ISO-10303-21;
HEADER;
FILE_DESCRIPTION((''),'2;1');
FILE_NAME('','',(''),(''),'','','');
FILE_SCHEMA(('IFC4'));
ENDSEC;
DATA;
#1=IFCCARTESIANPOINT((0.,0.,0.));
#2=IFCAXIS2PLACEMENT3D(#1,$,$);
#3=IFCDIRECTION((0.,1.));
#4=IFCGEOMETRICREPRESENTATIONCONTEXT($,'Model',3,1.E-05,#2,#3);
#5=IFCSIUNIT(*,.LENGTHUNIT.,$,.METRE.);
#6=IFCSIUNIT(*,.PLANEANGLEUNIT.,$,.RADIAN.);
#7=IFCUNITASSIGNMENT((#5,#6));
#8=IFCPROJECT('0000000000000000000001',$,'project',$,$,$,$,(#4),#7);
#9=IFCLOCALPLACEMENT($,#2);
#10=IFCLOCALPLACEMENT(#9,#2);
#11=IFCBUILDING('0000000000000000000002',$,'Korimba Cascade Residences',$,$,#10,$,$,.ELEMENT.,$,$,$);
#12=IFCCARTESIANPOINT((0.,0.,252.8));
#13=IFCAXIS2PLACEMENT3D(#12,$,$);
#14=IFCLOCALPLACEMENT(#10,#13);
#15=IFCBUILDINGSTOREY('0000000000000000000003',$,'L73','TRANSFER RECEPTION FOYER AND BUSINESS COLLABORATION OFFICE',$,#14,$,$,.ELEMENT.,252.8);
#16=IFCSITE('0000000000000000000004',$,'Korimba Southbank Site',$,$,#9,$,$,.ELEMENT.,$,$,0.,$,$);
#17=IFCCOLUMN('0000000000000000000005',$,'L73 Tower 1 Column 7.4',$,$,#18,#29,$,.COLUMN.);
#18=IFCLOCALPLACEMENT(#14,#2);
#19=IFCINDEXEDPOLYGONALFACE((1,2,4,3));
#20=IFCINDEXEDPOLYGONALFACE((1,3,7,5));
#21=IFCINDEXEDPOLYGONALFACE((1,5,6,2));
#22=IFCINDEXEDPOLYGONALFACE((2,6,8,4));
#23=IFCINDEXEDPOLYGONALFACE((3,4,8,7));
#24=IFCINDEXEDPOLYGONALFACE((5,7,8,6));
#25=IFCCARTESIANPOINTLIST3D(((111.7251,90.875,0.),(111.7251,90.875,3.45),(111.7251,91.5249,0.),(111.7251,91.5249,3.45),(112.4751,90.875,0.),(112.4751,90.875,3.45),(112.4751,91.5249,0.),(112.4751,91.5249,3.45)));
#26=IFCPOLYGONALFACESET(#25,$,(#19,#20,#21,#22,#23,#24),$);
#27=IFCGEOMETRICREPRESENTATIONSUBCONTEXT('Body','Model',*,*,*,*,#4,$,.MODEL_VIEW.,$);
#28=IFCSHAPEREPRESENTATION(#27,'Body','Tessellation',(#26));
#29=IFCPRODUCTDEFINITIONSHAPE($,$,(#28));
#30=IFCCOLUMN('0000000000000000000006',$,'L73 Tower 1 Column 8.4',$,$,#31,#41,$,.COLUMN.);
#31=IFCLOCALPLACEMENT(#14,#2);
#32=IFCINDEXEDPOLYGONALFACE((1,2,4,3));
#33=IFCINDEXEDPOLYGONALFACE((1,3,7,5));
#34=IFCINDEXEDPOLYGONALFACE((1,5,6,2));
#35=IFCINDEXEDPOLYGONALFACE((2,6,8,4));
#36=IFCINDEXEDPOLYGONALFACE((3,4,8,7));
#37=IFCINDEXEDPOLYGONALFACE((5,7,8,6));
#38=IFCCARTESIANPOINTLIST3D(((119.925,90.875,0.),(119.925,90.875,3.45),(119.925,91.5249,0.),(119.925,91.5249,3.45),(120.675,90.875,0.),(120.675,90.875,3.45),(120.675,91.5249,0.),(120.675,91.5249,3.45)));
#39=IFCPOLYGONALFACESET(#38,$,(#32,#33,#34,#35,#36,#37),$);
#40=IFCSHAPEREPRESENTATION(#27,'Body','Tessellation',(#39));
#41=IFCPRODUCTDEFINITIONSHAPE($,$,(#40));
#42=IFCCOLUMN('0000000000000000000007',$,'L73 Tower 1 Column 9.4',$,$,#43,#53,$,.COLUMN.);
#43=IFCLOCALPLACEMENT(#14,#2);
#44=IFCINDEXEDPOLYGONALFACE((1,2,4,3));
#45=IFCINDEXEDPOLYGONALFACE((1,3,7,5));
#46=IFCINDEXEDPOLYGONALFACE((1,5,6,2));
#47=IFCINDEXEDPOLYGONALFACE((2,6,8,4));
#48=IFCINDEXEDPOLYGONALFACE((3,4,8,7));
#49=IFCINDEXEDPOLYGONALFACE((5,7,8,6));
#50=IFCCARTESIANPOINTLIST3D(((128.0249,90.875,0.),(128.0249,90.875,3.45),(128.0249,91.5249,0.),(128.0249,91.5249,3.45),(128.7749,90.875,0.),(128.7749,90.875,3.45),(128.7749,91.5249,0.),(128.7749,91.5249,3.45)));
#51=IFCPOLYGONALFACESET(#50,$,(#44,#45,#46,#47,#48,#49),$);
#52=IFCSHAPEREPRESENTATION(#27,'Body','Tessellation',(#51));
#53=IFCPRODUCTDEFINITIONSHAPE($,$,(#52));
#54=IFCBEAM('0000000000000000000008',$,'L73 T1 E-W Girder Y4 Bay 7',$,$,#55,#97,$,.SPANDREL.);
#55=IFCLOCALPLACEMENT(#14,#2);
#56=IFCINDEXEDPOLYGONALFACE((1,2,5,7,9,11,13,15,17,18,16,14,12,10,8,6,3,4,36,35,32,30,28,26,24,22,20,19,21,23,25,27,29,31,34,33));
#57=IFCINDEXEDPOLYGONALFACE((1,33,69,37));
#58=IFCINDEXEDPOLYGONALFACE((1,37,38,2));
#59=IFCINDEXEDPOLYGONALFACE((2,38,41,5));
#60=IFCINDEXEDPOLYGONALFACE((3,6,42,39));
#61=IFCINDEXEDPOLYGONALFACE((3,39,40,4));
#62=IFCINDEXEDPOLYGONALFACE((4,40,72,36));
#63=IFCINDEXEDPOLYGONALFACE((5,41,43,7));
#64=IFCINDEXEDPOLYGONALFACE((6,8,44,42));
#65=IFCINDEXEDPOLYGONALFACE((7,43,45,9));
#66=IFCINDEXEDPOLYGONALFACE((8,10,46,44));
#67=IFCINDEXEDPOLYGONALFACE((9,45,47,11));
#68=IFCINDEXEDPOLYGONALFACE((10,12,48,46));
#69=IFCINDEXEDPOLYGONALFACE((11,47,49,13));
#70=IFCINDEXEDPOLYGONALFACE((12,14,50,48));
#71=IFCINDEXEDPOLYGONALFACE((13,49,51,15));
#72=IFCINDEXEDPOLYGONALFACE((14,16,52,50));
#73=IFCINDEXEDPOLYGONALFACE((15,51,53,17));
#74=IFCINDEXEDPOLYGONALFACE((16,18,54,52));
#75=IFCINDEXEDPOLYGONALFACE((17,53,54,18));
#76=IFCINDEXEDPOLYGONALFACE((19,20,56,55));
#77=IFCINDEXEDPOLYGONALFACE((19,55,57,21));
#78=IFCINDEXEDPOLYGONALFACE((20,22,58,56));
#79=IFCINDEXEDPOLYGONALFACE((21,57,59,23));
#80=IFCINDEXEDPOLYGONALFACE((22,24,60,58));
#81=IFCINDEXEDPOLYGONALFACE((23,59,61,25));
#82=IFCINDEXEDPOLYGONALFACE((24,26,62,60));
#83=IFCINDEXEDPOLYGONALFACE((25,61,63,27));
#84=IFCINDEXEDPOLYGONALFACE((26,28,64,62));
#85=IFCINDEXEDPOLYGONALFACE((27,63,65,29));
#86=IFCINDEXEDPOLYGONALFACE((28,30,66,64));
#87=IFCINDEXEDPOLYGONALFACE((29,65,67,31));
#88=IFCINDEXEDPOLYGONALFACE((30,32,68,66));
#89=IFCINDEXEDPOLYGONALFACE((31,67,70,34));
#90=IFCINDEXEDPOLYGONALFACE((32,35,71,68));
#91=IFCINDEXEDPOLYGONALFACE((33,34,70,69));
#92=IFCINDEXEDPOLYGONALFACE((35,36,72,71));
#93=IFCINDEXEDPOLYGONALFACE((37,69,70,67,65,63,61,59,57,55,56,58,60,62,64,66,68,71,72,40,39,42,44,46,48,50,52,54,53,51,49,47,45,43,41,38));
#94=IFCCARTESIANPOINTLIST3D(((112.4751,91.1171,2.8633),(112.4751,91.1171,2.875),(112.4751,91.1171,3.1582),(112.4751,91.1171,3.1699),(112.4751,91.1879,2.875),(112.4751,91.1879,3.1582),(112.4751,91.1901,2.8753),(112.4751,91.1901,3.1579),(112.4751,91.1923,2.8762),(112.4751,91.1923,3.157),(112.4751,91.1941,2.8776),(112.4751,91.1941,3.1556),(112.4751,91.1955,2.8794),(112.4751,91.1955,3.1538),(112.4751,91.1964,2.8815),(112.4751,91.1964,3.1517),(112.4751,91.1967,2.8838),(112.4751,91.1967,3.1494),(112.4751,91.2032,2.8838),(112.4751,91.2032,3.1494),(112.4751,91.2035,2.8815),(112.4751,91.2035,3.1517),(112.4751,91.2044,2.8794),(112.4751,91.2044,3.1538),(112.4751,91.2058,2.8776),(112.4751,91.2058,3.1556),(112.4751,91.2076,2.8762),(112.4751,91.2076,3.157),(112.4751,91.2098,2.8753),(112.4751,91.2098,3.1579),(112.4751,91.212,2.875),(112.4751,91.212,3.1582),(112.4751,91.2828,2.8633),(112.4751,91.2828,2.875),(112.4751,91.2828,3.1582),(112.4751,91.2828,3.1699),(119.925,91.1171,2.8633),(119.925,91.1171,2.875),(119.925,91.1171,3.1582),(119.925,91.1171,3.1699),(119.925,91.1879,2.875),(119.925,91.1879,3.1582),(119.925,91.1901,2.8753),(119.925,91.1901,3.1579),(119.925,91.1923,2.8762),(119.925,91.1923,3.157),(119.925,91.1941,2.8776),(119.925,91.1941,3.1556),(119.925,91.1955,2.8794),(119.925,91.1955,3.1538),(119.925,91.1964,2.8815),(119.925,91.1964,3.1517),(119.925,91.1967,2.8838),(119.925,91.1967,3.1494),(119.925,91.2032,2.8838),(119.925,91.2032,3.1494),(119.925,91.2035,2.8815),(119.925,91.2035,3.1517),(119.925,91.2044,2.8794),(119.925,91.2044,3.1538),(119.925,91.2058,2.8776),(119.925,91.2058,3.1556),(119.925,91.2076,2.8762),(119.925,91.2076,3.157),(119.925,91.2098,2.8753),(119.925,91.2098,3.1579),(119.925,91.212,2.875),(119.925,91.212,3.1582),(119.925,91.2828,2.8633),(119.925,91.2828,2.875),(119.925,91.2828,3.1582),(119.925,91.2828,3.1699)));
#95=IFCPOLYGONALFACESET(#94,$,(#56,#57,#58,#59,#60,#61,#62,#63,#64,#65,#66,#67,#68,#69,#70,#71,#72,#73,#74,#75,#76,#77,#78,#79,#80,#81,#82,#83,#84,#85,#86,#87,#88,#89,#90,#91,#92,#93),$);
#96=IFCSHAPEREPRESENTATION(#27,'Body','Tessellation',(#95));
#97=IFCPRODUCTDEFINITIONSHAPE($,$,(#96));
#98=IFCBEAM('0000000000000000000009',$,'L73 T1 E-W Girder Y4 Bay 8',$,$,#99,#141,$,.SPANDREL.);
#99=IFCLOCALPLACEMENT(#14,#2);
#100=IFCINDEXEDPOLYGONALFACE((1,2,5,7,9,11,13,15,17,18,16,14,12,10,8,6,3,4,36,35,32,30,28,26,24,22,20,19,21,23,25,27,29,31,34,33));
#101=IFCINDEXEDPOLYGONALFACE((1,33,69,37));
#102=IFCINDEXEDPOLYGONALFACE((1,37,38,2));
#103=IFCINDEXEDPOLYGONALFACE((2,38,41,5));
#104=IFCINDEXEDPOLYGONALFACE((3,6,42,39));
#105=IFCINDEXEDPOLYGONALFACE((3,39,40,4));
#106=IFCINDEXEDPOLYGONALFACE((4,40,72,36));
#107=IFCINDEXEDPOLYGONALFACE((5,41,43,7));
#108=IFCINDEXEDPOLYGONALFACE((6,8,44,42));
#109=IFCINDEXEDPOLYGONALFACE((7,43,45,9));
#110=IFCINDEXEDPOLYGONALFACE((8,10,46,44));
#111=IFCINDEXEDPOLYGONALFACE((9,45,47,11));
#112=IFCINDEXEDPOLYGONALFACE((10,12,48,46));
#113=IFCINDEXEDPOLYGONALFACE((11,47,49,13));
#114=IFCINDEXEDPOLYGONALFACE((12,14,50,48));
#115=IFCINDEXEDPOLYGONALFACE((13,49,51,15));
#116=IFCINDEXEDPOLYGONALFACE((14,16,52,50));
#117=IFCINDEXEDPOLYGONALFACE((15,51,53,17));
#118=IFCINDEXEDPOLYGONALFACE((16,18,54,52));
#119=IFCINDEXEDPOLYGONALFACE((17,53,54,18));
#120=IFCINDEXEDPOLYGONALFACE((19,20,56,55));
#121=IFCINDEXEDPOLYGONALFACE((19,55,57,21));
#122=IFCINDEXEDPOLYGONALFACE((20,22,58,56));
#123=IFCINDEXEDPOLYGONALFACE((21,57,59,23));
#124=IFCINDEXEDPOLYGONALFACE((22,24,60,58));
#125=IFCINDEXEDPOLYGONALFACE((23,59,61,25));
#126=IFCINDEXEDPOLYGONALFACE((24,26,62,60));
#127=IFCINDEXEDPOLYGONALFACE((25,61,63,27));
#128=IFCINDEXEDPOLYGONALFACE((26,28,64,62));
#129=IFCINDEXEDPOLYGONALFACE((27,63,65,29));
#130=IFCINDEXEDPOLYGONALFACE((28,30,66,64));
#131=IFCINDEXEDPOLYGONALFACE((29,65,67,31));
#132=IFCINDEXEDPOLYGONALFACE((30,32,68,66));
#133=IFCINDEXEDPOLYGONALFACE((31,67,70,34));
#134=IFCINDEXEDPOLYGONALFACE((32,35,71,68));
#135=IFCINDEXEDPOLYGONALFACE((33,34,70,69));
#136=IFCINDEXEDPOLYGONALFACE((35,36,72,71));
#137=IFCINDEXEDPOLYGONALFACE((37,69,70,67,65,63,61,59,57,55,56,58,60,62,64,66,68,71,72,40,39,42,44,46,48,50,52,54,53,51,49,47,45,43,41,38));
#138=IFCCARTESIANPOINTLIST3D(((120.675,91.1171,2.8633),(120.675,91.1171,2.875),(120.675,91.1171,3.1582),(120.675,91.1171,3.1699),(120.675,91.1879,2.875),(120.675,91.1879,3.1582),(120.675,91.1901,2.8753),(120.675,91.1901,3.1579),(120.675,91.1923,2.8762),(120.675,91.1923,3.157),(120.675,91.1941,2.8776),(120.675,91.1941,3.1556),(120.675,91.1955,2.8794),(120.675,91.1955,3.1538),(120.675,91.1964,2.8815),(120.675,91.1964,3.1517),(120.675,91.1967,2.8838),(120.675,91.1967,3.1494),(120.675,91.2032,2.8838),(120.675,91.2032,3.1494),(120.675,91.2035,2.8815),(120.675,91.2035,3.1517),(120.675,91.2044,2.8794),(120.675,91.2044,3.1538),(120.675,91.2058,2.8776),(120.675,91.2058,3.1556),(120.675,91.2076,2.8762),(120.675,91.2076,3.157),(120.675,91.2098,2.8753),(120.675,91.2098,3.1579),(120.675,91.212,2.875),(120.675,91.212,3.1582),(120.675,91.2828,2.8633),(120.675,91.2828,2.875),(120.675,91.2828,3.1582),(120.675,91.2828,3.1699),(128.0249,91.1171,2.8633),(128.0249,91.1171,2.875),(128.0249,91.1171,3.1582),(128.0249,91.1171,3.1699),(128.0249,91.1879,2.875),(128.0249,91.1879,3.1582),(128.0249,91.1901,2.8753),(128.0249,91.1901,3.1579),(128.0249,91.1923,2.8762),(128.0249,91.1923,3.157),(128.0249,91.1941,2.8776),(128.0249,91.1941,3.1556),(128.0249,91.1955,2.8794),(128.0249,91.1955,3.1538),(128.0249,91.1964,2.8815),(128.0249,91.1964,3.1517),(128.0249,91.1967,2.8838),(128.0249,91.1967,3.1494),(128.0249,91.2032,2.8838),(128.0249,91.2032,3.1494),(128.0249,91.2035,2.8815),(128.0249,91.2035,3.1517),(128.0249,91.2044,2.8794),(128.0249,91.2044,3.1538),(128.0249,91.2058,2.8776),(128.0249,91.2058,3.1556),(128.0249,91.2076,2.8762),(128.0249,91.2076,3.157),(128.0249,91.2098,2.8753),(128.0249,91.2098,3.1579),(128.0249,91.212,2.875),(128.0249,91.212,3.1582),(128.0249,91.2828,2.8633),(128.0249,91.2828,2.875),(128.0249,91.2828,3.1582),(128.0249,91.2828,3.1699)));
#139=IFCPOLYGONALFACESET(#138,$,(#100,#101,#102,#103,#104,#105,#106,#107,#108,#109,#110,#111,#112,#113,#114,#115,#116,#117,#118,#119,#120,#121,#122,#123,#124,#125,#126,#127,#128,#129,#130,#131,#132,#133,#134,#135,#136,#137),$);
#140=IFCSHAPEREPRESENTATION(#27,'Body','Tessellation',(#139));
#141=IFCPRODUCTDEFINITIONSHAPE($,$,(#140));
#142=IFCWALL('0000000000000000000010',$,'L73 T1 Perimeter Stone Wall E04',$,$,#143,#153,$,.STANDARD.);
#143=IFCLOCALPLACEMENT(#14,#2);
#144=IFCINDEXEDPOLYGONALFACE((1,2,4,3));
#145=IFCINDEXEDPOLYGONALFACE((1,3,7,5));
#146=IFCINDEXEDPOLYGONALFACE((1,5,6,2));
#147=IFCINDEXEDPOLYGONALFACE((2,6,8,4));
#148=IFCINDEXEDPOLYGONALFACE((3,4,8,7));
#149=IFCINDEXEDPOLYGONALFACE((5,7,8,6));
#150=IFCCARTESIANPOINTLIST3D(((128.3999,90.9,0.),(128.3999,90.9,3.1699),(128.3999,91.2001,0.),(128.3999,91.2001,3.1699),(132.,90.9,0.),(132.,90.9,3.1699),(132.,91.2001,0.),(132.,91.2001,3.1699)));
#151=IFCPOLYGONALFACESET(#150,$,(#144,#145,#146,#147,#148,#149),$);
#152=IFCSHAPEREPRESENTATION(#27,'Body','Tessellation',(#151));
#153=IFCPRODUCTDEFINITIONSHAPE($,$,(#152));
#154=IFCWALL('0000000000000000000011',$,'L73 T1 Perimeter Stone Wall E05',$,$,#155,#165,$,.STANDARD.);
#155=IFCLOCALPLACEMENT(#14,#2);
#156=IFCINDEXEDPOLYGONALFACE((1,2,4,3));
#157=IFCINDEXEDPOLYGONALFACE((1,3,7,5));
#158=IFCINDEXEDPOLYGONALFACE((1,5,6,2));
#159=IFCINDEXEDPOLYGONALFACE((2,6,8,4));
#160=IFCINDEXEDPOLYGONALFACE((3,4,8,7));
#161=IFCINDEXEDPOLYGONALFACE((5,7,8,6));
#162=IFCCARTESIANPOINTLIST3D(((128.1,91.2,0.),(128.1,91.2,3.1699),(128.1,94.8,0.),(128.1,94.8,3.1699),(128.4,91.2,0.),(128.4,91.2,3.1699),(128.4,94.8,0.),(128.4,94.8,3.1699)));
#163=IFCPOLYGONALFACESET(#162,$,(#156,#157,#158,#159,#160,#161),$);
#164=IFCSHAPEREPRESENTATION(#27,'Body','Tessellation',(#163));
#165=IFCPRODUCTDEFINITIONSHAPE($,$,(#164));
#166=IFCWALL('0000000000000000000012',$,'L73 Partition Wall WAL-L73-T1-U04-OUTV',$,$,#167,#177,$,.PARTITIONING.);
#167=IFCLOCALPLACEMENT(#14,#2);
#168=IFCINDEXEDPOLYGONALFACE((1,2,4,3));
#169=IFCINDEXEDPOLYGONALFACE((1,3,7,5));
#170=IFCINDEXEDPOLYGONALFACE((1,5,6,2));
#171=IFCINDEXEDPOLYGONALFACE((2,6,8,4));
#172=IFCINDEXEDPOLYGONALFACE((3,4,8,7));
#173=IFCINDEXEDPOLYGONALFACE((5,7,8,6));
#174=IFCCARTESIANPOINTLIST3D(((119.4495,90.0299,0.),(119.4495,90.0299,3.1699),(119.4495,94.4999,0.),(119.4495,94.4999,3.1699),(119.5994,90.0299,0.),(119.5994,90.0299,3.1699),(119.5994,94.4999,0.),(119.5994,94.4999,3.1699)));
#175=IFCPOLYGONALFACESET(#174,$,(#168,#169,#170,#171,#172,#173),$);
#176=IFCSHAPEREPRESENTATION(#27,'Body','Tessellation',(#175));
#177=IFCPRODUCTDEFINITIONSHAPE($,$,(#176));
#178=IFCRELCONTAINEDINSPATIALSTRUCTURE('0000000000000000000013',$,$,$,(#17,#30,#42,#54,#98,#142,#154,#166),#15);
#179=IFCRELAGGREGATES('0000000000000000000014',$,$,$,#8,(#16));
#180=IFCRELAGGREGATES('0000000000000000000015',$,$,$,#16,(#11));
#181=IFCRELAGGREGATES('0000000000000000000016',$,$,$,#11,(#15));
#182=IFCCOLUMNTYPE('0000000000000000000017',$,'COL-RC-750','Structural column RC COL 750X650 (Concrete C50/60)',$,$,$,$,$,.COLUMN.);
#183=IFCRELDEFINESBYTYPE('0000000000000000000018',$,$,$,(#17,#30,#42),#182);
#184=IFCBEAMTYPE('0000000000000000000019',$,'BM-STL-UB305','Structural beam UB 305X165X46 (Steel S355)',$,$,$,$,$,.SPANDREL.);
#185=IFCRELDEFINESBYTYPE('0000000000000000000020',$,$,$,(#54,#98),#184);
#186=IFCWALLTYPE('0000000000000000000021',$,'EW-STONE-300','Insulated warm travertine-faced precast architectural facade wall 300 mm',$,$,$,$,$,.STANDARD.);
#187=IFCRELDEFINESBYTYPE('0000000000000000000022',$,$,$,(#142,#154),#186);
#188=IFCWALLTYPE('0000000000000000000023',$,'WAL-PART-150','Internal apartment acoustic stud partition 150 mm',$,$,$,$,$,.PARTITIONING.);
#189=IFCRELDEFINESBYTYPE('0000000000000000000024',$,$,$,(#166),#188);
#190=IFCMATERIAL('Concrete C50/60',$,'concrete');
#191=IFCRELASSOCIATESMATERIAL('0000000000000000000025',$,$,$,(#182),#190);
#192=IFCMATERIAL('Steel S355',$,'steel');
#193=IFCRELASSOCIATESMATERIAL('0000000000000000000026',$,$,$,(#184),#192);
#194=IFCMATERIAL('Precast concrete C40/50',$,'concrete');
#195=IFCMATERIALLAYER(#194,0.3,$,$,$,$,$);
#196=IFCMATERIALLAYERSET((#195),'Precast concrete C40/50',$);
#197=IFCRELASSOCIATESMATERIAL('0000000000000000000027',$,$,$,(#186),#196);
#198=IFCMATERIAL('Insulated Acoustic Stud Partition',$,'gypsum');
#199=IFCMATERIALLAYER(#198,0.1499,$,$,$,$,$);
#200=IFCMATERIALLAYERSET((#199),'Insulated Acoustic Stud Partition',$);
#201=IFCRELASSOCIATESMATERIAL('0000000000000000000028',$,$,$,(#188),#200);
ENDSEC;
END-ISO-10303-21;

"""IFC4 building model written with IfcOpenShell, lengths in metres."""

from ifc_helpers import new_model, si_unit, direction, frame, frame_2d, origin, origin_2d, place, context, subcontext, project, spatial, rectangle, i_section, extrude, material, layer, layer_set, material_profile, profile_set, type_object, element, save


model = new_model("IFC4")

# Units and contexts
model_context = context("Model", 3, precision=1e-05, world=origin(), true_north=direction((0.0, 1.0)))
body_context = subcontext(model_context, "Body", "Model", "MODEL_VIEW")
ifc_project = project(units=[si_unit("LENGTHUNIT", "METRE"), si_unit("PLANEANGLEUNIT", "RADIAN")], contexts=[model_context])

# Site, building, storey
site_placement = place(None, origin())
site = spatial("IfcSite", under=ifc_project, at=site_placement, Name="Korimba Southbank Site", CompositionType="ELEMENT", RefElevation=0.0)
building_placement = place(site_placement, origin())
building = spatial("IfcBuilding", under=site, at=building_placement, Name="Korimba Cascade Residences", CompositionType="ELEMENT")
storey_placement = place(building_placement, frame((0.0, 0.0, 252.8)))
storey = spatial("IfcBuildingStorey", under=building, at=storey_placement, Name="L73", Description="TRANSFER RECEPTION FOYER AND BUSINESS COLLABORATION OFFICE", CompositionType="ELEMENT", Elevation=252.8)

# Columns
ifc_material_1 = material(Name="Concrete C50/60", Category="concrete")
ifc_material_profile_1 = material_profile(ifc_material_1, rectangle(XDim=0.75, YDim=0.6499, at=origin_2d()), Name="Concrete C50/60")
ifc_profile_set_1 = profile_set([ifc_material_profile_1], Name="Concrete C50/60")
column_type = type_object("IfcColumnType", Name="COL-RC-750", Description="Structural column RC COL 750X650 (Concrete C50/60)", PredefinedType="COLUMN", material=ifc_profile_set_1)
for number, where, z_axis, x_axis, name in (
    (1, (112.1001, 91.2, 0.0), (0.0, 0.0, 1.0), (1.0, 0.0, 0.0), "L73 Tower 1 Column 7.4"),
    (2, (120.3, 91.2, 0.0), (0.0, 0.0, 1.0), (1.0, 0.0, 0.0), "L73 Tower 1 Column 8.4"),
    (3, (128.3999, 91.2, 0.0), (0.0, 0.0, 1.0), (1.0, 0.0, 0.0), "L73 Tower 1 Column 9.4"),
):
    element("IfcColumn", number, at=place(storey_placement, frame(where, z_axis=z_axis, x_axis=x_axis)), inside=storey, type_object=column_type, Name=name, PredefinedType="COLUMN", context=body_context, shape_type="SweptSolid", body=[
        extrude(rectangle(XDim=0.75, YDim=0.6499, at=origin_2d()), origin(), (0.0, 0.0, 1.0), 3.45),
    ])

# Beams
ifc_material_2 = material(Name="Steel S355", Category="steel")
ifc_material_profile_2 = material_profile(ifc_material_2, i_section(OverallWidth=0.1658, OverallDepth=0.3066, WebThickness=0.0066, FlangeThickness=0.0117, FilletRadius=0.0088, at=origin_2d()), Name="Steel S355")
ifc_profile_set_2 = profile_set([ifc_material_profile_2], Name="Steel S355")
beam_type = type_object("IfcBeamType", Name="BM-STL-UB305", Description="Structural beam UB 305X165X46 (Steel S355)", PredefinedType="SPANDREL", material=ifc_profile_set_2)
beam_1_placement = place(storey_placement, frame((112.4751, 91.2, 3.0166), z_axis=(1.0, 0.0, 0.0), x_axis=(0.0, 1.0, 0.0)))
element("IfcBeam", 4, at=beam_1_placement, inside=storey, type_object=beam_type, Name="L73 T1 E-W Girder Y4 Bay 7", PredefinedType="SPANDREL", context=body_context, shape_type="SweptSolid", body=[
    extrude(i_section(OverallWidth=0.1658, OverallDepth=0.3066, WebThickness=0.0066, FlangeThickness=0.0117, FilletRadius=0.0088, at=origin_2d()), origin(), (0.0, 0.0, 1.0), 7.45),
])
beam_2_placement = place(storey_placement, frame((120.675, 91.2, 3.0166), z_axis=(1.0, 0.0, 0.0), x_axis=(0.0, 1.0, 0.0)))
element("IfcBeam", 5, at=beam_2_placement, inside=storey, type_object=beam_type, Name="L73 T1 E-W Girder Y4 Bay 8", PredefinedType="SPANDREL", context=body_context, shape_type="SweptSolid", body=[
    extrude(i_section(OverallWidth=0.1658, OverallDepth=0.3066, WebThickness=0.0066, FlangeThickness=0.0117, FilletRadius=0.0088, at=origin_2d()), origin(), (0.0, 0.0, 1.0), 7.3499),
])

# Shared definitions
ifc_material_3 = material(Name="Precast concrete C40/50", Category="concrete")

# Walls
ifc_layer_1 = layer(ifc_material_3, 0.3)
ifc_layer_set_1 = layer_set([ifc_layer_1], Name="Precast concrete C40/50")
wall_type_1 = type_object("IfcWallType", Name="EW-STONE-300", Description="Insulated warm travertine-faced precast architectural facade wall 300 mm", PredefinedType="STANDARD", material=ifc_layer_set_1)
for number, where, z_axis, x_axis, name in (
    (6, (132.0, 91.05, 0.0), (0.0, 0.0, 1.0), (-1.0, 0.0, 0.0), "L73 T1 Perimeter Stone Wall E04"),
    (7, (128.25, 91.2, 0.0), (0.0, 0.0, 1.0), (0.0, 1.0, 0.0), "L73 T1 Perimeter Stone Wall E05"),
):
    element("IfcWall", number, at=place(storey_placement, frame(where, z_axis=z_axis, x_axis=x_axis)), inside=storey, type_object=wall_type_1, Name=name, PredefinedType="STANDARD", context=body_context, shape_type="SweptSolid", body=[
        extrude(rectangle(XDim=3.6001, YDim=0.3, at=frame_2d((1.8, 0.0))), origin(), (0.0, 0.0, 1.0), 3.1699),
    ])
ifc_material_4 = material(Name="Insulated Acoustic Stud Partition", Category="gypsum")
ifc_layer_2 = layer(ifc_material_4, 0.1499)
ifc_layer_set_2 = layer_set([ifc_layer_2], Name="Insulated Acoustic Stud Partition")
wall_type_2 = type_object("IfcWallType", Name="WAL-PART-150", Description="Internal apartment acoustic stud partition 150 mm", PredefinedType="PARTITIONING", material=ifc_layer_set_2)
wall_1_placement = place(storey_placement, frame((119.5244, 90.03, 0.0), z_axis=(0.0, 0.0, 1.0), x_axis=(0.0, 1.0, 0.0)))
element("IfcWall", 8, at=wall_1_placement, inside=storey, type_object=wall_type_2, Name="L73 Partition Wall WAL-L73-T1-U04-OUTV", PredefinedType="PARTITIONING", context=body_context, shape_type="SweptSolid", body=[
    extrude(rectangle(XDim=4.47, YDim=0.1499, at=frame_2d((2.2349, 0.0))), origin(), (0.0, 0.0, 1.0), 3.1699),
])

save(model, "model.ifc")
